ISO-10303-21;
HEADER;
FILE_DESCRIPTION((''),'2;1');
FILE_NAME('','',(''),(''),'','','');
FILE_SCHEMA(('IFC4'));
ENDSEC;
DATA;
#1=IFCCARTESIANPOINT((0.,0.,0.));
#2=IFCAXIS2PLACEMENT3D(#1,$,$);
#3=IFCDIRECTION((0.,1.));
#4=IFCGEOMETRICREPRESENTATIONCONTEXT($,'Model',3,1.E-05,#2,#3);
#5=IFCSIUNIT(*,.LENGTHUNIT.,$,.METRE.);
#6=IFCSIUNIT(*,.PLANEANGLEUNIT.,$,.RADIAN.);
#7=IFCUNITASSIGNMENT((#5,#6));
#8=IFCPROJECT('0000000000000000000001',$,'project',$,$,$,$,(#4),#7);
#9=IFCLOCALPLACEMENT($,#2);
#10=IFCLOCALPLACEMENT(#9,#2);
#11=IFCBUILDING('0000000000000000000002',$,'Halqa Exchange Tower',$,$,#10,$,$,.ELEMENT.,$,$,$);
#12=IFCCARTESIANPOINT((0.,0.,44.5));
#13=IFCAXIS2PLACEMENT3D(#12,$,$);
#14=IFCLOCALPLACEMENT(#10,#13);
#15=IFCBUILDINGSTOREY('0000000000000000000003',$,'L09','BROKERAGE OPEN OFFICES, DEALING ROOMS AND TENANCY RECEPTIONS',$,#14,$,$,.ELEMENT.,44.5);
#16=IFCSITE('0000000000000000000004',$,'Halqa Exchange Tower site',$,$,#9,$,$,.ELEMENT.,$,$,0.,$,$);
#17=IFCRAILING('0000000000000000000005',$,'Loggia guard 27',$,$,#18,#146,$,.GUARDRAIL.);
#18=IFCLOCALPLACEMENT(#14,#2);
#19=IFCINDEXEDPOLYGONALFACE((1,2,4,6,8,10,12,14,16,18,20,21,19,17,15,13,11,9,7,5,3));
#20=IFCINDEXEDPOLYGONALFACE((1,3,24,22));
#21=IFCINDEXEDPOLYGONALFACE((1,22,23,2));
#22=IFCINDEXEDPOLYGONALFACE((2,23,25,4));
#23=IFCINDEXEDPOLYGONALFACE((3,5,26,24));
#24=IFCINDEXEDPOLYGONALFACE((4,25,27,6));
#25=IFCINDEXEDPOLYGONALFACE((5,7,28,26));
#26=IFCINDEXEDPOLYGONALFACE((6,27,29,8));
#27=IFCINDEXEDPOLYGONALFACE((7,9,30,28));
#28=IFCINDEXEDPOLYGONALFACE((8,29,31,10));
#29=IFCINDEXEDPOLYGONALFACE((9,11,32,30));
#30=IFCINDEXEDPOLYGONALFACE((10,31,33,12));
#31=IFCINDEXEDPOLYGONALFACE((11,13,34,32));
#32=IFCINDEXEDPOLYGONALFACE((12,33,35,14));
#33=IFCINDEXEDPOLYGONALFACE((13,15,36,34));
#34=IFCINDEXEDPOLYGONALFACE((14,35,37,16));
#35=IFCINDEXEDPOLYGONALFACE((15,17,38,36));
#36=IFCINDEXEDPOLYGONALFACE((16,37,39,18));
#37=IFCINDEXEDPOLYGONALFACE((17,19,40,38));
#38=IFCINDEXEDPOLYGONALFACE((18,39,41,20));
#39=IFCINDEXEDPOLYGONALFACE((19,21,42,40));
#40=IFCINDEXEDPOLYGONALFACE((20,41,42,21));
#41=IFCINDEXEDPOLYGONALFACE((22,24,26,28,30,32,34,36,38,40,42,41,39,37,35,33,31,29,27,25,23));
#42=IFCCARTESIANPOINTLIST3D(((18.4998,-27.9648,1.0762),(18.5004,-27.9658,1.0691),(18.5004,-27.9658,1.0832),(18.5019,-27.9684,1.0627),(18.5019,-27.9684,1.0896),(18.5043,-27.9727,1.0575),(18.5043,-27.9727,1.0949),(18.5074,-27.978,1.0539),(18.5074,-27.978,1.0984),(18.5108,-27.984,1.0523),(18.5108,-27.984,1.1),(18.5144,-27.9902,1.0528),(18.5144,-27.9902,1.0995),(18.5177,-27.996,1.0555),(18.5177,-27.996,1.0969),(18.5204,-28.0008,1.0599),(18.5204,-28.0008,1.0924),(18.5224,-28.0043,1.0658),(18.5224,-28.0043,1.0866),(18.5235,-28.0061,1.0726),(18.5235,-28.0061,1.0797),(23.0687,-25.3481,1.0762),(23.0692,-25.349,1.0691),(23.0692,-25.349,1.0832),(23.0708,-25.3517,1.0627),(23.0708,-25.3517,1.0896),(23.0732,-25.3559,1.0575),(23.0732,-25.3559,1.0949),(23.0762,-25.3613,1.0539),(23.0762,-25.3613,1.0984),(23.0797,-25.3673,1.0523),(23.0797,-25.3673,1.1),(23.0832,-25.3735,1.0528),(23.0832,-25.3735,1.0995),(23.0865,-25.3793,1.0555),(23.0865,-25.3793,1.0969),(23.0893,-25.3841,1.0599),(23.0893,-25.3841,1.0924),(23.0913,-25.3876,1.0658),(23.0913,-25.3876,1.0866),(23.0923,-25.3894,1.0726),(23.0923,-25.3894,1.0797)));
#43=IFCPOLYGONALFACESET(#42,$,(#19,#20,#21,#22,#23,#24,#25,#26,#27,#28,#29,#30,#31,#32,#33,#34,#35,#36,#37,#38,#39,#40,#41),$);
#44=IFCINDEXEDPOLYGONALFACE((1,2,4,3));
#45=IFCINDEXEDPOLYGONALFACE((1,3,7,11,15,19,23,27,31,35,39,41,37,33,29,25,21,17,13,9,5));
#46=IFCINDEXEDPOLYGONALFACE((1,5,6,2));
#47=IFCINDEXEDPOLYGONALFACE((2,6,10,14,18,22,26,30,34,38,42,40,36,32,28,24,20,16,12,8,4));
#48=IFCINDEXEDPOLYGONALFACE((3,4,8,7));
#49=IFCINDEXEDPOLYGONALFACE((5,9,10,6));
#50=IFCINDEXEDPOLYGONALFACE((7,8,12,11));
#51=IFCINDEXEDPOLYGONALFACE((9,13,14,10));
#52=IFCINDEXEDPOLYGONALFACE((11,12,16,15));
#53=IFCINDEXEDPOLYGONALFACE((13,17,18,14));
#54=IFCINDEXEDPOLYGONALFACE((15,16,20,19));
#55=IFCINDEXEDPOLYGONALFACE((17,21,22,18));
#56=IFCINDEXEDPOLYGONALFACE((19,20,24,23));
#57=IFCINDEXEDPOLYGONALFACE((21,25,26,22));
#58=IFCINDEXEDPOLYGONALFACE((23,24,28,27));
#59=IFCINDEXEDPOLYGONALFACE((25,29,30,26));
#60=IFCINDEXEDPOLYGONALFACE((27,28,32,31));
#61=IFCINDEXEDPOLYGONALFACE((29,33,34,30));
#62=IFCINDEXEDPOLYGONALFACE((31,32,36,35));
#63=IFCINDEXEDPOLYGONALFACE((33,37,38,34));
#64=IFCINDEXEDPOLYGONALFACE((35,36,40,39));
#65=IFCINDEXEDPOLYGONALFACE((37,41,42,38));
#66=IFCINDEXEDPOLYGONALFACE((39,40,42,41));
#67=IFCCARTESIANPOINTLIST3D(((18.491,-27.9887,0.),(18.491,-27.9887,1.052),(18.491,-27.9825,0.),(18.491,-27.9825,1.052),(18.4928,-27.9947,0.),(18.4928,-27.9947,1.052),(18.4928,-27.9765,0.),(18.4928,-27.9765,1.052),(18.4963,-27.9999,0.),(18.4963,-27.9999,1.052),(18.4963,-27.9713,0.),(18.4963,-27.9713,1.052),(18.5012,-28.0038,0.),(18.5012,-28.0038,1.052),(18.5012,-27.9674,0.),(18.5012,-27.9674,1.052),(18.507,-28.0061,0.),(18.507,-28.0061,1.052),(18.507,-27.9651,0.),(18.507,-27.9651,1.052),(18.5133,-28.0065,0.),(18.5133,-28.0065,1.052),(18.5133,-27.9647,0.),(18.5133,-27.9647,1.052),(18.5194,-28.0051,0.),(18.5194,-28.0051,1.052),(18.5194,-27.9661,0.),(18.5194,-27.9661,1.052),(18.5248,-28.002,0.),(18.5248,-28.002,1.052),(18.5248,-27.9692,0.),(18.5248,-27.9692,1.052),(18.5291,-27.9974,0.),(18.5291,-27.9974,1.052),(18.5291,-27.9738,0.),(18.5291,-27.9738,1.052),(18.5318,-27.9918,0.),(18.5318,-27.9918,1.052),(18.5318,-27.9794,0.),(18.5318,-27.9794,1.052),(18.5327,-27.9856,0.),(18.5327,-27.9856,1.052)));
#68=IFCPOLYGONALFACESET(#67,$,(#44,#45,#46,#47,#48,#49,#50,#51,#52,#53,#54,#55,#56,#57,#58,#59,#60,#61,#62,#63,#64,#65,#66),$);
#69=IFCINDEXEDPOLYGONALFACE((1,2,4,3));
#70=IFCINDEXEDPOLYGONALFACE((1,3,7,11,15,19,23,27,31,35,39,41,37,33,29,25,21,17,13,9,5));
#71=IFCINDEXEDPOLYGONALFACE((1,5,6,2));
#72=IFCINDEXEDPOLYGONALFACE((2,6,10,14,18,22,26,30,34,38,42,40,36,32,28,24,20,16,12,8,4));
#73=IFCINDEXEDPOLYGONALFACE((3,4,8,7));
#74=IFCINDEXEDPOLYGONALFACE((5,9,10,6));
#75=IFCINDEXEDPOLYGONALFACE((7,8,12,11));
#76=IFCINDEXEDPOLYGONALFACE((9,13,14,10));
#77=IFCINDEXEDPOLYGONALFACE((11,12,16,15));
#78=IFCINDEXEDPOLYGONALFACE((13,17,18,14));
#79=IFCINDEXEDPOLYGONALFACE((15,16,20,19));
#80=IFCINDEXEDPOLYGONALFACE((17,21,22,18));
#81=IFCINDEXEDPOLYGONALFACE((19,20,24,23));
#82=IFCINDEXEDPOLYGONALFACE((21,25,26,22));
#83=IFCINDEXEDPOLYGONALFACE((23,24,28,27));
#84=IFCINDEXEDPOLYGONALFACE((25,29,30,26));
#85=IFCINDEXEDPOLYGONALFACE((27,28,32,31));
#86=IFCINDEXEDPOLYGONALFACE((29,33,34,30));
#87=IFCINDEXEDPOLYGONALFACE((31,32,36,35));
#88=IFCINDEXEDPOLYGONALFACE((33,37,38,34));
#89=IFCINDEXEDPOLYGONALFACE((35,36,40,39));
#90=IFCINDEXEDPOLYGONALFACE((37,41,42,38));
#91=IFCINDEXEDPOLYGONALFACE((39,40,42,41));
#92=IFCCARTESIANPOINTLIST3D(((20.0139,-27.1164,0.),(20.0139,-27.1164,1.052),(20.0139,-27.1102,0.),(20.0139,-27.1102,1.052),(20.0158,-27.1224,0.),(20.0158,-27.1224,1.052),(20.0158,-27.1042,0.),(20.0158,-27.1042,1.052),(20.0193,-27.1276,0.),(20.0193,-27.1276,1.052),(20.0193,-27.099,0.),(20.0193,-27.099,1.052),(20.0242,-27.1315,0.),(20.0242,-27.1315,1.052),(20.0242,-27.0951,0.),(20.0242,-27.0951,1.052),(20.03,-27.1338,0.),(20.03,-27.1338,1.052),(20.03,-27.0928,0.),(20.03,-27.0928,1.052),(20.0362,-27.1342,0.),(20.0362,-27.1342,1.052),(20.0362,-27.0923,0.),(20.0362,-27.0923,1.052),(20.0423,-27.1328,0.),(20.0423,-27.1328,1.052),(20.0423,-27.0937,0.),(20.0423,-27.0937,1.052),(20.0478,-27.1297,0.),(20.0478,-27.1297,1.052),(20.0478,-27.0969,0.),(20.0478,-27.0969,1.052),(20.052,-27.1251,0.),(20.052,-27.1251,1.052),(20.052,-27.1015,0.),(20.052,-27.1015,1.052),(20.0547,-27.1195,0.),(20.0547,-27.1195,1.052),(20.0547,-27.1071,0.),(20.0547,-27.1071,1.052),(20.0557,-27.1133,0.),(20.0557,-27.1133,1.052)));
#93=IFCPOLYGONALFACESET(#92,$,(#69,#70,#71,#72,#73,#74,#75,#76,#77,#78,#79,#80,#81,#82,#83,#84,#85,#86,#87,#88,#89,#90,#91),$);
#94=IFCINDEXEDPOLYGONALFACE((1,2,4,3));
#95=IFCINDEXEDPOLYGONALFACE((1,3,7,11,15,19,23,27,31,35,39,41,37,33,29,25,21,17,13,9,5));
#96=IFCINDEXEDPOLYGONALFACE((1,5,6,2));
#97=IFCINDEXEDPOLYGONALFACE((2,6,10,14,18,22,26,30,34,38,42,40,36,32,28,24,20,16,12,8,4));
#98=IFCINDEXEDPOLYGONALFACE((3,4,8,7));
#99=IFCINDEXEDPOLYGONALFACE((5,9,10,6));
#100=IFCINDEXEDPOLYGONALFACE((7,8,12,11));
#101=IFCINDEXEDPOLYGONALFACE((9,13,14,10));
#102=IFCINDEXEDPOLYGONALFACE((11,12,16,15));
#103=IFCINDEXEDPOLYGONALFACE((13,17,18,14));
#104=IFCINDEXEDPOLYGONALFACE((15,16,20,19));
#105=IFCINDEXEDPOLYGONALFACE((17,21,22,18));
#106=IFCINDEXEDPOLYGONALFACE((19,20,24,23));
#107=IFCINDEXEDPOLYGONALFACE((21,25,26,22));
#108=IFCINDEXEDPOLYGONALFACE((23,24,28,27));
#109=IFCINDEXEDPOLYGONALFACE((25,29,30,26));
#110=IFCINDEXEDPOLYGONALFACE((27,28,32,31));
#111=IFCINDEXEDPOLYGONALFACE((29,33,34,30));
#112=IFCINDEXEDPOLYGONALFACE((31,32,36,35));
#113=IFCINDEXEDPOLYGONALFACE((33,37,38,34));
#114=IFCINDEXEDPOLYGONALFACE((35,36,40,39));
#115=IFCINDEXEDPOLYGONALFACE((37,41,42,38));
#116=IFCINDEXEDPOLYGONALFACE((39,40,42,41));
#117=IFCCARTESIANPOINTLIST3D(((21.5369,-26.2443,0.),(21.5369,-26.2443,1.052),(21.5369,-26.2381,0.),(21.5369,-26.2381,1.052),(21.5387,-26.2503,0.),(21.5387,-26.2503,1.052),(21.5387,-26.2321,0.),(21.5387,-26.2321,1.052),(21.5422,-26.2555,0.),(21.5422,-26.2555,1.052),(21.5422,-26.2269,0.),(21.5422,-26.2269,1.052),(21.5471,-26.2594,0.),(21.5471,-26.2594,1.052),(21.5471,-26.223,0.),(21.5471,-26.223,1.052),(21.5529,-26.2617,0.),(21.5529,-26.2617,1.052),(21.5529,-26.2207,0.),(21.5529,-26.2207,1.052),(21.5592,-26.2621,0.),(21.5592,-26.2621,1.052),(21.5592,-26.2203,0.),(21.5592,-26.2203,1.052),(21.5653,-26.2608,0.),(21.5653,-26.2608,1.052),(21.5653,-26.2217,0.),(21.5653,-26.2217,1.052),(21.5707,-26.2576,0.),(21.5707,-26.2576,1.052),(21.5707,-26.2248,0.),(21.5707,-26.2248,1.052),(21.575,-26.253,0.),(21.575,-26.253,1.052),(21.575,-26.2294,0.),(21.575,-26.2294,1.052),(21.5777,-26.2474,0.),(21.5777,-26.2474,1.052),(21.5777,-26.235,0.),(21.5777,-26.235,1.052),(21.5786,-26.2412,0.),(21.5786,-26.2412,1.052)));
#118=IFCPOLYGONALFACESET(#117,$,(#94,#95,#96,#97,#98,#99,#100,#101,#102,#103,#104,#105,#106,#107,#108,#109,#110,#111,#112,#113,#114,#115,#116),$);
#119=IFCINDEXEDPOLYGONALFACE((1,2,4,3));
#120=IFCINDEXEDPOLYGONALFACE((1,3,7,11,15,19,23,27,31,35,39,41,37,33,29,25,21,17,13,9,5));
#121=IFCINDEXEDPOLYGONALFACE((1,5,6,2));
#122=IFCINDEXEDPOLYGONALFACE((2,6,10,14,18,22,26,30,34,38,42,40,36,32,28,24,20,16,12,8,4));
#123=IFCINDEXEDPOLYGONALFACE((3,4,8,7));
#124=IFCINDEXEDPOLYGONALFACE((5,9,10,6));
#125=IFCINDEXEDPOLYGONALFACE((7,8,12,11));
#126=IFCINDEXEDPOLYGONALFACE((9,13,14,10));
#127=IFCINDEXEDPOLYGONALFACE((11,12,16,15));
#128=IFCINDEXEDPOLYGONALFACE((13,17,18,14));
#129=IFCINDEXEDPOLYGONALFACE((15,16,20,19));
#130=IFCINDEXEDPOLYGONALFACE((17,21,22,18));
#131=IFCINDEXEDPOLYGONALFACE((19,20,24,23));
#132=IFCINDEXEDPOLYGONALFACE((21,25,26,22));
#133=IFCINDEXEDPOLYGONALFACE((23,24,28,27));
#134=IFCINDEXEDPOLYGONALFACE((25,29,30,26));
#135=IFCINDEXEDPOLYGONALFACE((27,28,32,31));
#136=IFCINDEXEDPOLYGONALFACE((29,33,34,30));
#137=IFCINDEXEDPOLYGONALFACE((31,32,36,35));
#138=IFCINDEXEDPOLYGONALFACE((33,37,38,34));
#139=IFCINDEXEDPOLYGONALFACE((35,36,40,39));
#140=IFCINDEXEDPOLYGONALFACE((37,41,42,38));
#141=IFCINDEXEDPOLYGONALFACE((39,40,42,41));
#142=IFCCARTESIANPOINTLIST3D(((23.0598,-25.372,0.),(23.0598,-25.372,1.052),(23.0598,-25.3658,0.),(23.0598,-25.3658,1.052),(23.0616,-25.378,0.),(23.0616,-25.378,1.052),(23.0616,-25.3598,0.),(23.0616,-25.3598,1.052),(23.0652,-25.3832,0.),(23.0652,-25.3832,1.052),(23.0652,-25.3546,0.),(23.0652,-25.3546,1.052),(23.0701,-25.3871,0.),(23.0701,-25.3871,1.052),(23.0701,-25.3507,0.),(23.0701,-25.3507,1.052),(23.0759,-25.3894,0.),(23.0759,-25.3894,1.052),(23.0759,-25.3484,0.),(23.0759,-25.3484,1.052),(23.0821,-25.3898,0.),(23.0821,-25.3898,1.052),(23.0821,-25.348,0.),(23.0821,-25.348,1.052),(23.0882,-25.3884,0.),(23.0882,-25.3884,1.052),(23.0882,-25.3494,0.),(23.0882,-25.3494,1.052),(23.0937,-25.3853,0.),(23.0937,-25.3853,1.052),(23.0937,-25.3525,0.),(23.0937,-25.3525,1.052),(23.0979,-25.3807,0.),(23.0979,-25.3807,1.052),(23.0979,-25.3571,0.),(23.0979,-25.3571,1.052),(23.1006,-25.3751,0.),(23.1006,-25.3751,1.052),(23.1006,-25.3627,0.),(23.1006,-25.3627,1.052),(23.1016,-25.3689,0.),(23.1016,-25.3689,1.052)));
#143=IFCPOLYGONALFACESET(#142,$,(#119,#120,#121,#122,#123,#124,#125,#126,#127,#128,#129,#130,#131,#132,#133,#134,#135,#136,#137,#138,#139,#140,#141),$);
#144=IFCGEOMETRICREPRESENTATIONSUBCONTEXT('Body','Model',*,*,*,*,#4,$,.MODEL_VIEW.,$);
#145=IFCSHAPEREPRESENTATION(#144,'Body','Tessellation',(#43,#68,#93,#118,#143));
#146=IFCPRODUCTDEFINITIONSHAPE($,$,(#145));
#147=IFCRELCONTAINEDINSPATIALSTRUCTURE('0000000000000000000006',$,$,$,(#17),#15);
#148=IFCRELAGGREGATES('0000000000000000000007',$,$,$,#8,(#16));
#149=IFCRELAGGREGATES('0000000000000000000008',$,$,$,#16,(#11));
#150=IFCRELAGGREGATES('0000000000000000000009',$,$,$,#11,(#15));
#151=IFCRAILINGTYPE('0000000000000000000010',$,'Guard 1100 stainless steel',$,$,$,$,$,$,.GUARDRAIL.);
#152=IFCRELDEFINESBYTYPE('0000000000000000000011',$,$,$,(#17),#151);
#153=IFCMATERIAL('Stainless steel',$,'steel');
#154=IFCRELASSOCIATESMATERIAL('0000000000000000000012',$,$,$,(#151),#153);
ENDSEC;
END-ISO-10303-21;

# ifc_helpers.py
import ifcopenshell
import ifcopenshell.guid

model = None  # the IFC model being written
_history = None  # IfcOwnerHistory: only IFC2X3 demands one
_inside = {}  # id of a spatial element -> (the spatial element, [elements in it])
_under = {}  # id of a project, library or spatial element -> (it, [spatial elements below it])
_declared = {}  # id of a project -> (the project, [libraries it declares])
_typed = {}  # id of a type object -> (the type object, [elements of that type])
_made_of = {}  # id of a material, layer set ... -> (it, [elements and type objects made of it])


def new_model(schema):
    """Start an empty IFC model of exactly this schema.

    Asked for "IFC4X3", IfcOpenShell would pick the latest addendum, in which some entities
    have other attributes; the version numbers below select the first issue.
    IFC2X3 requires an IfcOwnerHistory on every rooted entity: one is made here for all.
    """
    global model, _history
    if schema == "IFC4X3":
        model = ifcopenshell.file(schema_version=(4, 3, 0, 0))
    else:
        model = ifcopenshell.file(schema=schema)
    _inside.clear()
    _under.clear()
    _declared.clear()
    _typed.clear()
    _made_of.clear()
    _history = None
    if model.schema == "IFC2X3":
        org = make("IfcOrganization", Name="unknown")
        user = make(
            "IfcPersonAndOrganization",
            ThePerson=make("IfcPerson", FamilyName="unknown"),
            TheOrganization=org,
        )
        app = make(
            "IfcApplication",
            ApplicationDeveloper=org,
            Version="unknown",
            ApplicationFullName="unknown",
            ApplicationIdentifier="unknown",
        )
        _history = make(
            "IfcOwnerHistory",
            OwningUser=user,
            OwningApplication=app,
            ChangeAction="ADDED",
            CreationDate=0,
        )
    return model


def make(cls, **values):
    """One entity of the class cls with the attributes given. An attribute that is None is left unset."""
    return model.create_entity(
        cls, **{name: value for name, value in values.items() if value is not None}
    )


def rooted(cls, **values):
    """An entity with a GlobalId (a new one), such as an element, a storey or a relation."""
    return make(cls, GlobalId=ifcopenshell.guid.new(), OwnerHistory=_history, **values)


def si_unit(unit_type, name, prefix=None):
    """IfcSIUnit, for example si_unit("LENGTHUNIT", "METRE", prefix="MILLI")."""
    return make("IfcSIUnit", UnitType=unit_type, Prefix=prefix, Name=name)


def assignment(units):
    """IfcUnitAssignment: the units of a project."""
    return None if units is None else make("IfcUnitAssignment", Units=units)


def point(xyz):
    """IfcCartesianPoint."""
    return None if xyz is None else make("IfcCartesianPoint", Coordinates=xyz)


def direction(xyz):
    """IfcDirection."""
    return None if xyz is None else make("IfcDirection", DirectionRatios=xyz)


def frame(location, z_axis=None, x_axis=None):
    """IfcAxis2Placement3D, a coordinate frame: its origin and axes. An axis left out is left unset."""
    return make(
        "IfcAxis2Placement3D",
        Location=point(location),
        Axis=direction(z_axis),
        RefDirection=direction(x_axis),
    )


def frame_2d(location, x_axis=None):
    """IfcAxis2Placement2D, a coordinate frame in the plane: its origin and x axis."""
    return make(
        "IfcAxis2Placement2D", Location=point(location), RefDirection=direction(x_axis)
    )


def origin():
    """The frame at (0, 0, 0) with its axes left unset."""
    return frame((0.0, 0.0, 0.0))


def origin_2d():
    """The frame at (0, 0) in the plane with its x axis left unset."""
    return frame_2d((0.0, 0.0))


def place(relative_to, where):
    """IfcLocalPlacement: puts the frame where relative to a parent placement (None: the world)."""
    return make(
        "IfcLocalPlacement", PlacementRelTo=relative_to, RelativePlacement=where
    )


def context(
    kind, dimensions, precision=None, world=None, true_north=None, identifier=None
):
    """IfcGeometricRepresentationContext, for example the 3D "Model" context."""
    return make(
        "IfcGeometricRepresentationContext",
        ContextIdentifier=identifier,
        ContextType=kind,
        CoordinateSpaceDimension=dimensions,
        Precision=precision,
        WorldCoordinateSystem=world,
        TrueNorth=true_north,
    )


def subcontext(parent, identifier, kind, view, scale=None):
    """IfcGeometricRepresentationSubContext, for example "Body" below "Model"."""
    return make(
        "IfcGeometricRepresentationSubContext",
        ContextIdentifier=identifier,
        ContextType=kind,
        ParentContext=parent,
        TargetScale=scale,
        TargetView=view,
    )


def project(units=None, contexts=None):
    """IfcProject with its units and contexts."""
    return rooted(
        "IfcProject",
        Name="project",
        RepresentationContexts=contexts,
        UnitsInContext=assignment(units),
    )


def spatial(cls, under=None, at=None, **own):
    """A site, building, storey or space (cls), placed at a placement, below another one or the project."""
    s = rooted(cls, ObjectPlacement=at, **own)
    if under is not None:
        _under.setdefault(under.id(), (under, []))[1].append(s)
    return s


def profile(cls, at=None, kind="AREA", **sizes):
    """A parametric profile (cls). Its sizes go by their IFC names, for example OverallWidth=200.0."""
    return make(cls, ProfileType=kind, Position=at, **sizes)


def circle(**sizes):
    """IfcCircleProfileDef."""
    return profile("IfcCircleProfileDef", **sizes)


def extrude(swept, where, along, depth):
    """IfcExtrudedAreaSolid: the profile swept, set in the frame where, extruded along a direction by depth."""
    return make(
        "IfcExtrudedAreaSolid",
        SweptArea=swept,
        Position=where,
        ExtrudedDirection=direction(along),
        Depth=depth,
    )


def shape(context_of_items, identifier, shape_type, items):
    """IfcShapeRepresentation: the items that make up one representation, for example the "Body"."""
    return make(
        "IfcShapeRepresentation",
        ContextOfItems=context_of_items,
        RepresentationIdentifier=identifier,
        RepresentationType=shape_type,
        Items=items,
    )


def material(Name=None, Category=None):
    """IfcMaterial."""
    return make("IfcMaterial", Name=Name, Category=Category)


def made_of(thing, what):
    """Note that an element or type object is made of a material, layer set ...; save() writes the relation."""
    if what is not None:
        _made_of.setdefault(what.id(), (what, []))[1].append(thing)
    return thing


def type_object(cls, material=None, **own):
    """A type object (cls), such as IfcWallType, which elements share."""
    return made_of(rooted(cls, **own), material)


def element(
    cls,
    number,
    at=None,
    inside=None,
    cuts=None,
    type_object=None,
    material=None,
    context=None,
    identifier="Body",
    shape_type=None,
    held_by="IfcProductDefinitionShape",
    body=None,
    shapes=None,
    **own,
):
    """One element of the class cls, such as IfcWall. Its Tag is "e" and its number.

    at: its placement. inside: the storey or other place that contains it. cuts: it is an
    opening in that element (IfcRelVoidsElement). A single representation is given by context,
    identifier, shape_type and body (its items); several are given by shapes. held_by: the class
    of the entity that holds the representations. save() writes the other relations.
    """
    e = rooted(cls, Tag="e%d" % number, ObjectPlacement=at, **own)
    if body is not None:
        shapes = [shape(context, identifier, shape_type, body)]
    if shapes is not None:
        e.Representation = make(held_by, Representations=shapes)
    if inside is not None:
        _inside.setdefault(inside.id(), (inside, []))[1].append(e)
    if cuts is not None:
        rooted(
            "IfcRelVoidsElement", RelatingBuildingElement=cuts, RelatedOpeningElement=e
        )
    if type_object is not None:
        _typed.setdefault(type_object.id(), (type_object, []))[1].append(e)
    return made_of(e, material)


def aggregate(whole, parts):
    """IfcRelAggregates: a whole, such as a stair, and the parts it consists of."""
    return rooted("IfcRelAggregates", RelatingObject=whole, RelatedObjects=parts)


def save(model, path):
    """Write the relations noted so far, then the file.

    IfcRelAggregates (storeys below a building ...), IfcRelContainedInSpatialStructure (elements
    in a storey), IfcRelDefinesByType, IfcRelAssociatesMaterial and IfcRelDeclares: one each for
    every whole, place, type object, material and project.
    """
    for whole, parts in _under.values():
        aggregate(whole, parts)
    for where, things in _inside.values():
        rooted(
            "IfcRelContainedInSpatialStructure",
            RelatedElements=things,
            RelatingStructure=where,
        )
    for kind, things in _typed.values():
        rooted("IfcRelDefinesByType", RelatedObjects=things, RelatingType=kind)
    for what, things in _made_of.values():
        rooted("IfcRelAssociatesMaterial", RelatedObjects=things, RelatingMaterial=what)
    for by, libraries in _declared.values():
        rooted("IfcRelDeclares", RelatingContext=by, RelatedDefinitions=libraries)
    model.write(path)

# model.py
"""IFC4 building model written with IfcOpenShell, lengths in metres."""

from ifc_helpers import new_model, si_unit, direction, frame, origin, origin_2d, place, context, subcontext, project, spatial, circle, extrude, material, type_object, element, save


model = new_model("IFC4")

# Units and contexts
model_context = context("Model", 3, precision=1e-05, world=origin(), true_north=direction((0.0, 1.0)))
body_context = subcontext(model_context, "Body", "Model", "MODEL_VIEW")
ifc_project = project(units=[si_unit("LENGTHUNIT", "METRE"), si_unit("PLANEANGLEUNIT", "RADIAN")], contexts=[model_context])

# Site, building, storey
site_placement = place(None, origin())
site = spatial("IfcSite", under=ifc_project, at=site_placement, Name="Halqa Exchange Tower site", CompositionType="ELEMENT", RefElevation=0.0)
building_placement = place(site_placement, origin())
building = spatial("IfcBuilding", under=site, at=building_placement, Name="Halqa Exchange Tower", CompositionType="ELEMENT")
storey_placement = place(building_placement, frame((0.0, 0.0, 44.5)))
storey = spatial("IfcBuildingStorey", under=building, at=storey_placement, Name="L09", Description="BROKERAGE OPEN OFFICES, DEALING ROOMS AND TENANCY RECEPTIONS", CompositionType="ELEMENT", Elevation=44.5)

# Railing
ifc_material_1 = material(Name="Stainless steel", Category="steel")
railing_type = type_object("IfcRailingType", Name="Guard 1100 stainless steel", PredefinedType="GUARDRAIL", material=ifc_material_1)
railing_1_placement = place(storey_placement, frame((18.5117, -27.9856, 0.0)))
element("IfcRailing", 1, at=railing_1_placement, inside=storey, type_object=railing_type, Name="Loggia guard 27", PredefinedType="GUARDRAIL", context=body_context, shape_type="SweptSolid", body=[
    extrude(circle(Radius=0.0239, at=origin_2d()), frame((0.0, 0.0, 1.0762), z_axis=(0.867758, 0.496988, 0.0), x_axis=(-0.496988, 0.867758, 0.0)), (0.0, 0.0, 1.0), 5.2651),
    extrude(circle(Radius=0.021, at=origin_2d()), origin(), (0.0, 0.0, 1.0), 1.052),
    extrude(circle(Radius=0.021, at=origin_2d()), frame((1.5229, 0.8723, 0.0)), (0.0, 0.0, 1.0), 1.052),
    extrude(circle(Radius=0.021, at=origin_2d()), frame((3.0459, 1.7444, 0.0)), (0.0, 0.0, 1.0), 1.052),
    extrude(circle(Radius=0.021, at=origin_2d()), frame((4.5688, 2.6167, 0.0)), (0.0, 0.0, 1.0), 1.052),
])

save(model, "model.ifc")
